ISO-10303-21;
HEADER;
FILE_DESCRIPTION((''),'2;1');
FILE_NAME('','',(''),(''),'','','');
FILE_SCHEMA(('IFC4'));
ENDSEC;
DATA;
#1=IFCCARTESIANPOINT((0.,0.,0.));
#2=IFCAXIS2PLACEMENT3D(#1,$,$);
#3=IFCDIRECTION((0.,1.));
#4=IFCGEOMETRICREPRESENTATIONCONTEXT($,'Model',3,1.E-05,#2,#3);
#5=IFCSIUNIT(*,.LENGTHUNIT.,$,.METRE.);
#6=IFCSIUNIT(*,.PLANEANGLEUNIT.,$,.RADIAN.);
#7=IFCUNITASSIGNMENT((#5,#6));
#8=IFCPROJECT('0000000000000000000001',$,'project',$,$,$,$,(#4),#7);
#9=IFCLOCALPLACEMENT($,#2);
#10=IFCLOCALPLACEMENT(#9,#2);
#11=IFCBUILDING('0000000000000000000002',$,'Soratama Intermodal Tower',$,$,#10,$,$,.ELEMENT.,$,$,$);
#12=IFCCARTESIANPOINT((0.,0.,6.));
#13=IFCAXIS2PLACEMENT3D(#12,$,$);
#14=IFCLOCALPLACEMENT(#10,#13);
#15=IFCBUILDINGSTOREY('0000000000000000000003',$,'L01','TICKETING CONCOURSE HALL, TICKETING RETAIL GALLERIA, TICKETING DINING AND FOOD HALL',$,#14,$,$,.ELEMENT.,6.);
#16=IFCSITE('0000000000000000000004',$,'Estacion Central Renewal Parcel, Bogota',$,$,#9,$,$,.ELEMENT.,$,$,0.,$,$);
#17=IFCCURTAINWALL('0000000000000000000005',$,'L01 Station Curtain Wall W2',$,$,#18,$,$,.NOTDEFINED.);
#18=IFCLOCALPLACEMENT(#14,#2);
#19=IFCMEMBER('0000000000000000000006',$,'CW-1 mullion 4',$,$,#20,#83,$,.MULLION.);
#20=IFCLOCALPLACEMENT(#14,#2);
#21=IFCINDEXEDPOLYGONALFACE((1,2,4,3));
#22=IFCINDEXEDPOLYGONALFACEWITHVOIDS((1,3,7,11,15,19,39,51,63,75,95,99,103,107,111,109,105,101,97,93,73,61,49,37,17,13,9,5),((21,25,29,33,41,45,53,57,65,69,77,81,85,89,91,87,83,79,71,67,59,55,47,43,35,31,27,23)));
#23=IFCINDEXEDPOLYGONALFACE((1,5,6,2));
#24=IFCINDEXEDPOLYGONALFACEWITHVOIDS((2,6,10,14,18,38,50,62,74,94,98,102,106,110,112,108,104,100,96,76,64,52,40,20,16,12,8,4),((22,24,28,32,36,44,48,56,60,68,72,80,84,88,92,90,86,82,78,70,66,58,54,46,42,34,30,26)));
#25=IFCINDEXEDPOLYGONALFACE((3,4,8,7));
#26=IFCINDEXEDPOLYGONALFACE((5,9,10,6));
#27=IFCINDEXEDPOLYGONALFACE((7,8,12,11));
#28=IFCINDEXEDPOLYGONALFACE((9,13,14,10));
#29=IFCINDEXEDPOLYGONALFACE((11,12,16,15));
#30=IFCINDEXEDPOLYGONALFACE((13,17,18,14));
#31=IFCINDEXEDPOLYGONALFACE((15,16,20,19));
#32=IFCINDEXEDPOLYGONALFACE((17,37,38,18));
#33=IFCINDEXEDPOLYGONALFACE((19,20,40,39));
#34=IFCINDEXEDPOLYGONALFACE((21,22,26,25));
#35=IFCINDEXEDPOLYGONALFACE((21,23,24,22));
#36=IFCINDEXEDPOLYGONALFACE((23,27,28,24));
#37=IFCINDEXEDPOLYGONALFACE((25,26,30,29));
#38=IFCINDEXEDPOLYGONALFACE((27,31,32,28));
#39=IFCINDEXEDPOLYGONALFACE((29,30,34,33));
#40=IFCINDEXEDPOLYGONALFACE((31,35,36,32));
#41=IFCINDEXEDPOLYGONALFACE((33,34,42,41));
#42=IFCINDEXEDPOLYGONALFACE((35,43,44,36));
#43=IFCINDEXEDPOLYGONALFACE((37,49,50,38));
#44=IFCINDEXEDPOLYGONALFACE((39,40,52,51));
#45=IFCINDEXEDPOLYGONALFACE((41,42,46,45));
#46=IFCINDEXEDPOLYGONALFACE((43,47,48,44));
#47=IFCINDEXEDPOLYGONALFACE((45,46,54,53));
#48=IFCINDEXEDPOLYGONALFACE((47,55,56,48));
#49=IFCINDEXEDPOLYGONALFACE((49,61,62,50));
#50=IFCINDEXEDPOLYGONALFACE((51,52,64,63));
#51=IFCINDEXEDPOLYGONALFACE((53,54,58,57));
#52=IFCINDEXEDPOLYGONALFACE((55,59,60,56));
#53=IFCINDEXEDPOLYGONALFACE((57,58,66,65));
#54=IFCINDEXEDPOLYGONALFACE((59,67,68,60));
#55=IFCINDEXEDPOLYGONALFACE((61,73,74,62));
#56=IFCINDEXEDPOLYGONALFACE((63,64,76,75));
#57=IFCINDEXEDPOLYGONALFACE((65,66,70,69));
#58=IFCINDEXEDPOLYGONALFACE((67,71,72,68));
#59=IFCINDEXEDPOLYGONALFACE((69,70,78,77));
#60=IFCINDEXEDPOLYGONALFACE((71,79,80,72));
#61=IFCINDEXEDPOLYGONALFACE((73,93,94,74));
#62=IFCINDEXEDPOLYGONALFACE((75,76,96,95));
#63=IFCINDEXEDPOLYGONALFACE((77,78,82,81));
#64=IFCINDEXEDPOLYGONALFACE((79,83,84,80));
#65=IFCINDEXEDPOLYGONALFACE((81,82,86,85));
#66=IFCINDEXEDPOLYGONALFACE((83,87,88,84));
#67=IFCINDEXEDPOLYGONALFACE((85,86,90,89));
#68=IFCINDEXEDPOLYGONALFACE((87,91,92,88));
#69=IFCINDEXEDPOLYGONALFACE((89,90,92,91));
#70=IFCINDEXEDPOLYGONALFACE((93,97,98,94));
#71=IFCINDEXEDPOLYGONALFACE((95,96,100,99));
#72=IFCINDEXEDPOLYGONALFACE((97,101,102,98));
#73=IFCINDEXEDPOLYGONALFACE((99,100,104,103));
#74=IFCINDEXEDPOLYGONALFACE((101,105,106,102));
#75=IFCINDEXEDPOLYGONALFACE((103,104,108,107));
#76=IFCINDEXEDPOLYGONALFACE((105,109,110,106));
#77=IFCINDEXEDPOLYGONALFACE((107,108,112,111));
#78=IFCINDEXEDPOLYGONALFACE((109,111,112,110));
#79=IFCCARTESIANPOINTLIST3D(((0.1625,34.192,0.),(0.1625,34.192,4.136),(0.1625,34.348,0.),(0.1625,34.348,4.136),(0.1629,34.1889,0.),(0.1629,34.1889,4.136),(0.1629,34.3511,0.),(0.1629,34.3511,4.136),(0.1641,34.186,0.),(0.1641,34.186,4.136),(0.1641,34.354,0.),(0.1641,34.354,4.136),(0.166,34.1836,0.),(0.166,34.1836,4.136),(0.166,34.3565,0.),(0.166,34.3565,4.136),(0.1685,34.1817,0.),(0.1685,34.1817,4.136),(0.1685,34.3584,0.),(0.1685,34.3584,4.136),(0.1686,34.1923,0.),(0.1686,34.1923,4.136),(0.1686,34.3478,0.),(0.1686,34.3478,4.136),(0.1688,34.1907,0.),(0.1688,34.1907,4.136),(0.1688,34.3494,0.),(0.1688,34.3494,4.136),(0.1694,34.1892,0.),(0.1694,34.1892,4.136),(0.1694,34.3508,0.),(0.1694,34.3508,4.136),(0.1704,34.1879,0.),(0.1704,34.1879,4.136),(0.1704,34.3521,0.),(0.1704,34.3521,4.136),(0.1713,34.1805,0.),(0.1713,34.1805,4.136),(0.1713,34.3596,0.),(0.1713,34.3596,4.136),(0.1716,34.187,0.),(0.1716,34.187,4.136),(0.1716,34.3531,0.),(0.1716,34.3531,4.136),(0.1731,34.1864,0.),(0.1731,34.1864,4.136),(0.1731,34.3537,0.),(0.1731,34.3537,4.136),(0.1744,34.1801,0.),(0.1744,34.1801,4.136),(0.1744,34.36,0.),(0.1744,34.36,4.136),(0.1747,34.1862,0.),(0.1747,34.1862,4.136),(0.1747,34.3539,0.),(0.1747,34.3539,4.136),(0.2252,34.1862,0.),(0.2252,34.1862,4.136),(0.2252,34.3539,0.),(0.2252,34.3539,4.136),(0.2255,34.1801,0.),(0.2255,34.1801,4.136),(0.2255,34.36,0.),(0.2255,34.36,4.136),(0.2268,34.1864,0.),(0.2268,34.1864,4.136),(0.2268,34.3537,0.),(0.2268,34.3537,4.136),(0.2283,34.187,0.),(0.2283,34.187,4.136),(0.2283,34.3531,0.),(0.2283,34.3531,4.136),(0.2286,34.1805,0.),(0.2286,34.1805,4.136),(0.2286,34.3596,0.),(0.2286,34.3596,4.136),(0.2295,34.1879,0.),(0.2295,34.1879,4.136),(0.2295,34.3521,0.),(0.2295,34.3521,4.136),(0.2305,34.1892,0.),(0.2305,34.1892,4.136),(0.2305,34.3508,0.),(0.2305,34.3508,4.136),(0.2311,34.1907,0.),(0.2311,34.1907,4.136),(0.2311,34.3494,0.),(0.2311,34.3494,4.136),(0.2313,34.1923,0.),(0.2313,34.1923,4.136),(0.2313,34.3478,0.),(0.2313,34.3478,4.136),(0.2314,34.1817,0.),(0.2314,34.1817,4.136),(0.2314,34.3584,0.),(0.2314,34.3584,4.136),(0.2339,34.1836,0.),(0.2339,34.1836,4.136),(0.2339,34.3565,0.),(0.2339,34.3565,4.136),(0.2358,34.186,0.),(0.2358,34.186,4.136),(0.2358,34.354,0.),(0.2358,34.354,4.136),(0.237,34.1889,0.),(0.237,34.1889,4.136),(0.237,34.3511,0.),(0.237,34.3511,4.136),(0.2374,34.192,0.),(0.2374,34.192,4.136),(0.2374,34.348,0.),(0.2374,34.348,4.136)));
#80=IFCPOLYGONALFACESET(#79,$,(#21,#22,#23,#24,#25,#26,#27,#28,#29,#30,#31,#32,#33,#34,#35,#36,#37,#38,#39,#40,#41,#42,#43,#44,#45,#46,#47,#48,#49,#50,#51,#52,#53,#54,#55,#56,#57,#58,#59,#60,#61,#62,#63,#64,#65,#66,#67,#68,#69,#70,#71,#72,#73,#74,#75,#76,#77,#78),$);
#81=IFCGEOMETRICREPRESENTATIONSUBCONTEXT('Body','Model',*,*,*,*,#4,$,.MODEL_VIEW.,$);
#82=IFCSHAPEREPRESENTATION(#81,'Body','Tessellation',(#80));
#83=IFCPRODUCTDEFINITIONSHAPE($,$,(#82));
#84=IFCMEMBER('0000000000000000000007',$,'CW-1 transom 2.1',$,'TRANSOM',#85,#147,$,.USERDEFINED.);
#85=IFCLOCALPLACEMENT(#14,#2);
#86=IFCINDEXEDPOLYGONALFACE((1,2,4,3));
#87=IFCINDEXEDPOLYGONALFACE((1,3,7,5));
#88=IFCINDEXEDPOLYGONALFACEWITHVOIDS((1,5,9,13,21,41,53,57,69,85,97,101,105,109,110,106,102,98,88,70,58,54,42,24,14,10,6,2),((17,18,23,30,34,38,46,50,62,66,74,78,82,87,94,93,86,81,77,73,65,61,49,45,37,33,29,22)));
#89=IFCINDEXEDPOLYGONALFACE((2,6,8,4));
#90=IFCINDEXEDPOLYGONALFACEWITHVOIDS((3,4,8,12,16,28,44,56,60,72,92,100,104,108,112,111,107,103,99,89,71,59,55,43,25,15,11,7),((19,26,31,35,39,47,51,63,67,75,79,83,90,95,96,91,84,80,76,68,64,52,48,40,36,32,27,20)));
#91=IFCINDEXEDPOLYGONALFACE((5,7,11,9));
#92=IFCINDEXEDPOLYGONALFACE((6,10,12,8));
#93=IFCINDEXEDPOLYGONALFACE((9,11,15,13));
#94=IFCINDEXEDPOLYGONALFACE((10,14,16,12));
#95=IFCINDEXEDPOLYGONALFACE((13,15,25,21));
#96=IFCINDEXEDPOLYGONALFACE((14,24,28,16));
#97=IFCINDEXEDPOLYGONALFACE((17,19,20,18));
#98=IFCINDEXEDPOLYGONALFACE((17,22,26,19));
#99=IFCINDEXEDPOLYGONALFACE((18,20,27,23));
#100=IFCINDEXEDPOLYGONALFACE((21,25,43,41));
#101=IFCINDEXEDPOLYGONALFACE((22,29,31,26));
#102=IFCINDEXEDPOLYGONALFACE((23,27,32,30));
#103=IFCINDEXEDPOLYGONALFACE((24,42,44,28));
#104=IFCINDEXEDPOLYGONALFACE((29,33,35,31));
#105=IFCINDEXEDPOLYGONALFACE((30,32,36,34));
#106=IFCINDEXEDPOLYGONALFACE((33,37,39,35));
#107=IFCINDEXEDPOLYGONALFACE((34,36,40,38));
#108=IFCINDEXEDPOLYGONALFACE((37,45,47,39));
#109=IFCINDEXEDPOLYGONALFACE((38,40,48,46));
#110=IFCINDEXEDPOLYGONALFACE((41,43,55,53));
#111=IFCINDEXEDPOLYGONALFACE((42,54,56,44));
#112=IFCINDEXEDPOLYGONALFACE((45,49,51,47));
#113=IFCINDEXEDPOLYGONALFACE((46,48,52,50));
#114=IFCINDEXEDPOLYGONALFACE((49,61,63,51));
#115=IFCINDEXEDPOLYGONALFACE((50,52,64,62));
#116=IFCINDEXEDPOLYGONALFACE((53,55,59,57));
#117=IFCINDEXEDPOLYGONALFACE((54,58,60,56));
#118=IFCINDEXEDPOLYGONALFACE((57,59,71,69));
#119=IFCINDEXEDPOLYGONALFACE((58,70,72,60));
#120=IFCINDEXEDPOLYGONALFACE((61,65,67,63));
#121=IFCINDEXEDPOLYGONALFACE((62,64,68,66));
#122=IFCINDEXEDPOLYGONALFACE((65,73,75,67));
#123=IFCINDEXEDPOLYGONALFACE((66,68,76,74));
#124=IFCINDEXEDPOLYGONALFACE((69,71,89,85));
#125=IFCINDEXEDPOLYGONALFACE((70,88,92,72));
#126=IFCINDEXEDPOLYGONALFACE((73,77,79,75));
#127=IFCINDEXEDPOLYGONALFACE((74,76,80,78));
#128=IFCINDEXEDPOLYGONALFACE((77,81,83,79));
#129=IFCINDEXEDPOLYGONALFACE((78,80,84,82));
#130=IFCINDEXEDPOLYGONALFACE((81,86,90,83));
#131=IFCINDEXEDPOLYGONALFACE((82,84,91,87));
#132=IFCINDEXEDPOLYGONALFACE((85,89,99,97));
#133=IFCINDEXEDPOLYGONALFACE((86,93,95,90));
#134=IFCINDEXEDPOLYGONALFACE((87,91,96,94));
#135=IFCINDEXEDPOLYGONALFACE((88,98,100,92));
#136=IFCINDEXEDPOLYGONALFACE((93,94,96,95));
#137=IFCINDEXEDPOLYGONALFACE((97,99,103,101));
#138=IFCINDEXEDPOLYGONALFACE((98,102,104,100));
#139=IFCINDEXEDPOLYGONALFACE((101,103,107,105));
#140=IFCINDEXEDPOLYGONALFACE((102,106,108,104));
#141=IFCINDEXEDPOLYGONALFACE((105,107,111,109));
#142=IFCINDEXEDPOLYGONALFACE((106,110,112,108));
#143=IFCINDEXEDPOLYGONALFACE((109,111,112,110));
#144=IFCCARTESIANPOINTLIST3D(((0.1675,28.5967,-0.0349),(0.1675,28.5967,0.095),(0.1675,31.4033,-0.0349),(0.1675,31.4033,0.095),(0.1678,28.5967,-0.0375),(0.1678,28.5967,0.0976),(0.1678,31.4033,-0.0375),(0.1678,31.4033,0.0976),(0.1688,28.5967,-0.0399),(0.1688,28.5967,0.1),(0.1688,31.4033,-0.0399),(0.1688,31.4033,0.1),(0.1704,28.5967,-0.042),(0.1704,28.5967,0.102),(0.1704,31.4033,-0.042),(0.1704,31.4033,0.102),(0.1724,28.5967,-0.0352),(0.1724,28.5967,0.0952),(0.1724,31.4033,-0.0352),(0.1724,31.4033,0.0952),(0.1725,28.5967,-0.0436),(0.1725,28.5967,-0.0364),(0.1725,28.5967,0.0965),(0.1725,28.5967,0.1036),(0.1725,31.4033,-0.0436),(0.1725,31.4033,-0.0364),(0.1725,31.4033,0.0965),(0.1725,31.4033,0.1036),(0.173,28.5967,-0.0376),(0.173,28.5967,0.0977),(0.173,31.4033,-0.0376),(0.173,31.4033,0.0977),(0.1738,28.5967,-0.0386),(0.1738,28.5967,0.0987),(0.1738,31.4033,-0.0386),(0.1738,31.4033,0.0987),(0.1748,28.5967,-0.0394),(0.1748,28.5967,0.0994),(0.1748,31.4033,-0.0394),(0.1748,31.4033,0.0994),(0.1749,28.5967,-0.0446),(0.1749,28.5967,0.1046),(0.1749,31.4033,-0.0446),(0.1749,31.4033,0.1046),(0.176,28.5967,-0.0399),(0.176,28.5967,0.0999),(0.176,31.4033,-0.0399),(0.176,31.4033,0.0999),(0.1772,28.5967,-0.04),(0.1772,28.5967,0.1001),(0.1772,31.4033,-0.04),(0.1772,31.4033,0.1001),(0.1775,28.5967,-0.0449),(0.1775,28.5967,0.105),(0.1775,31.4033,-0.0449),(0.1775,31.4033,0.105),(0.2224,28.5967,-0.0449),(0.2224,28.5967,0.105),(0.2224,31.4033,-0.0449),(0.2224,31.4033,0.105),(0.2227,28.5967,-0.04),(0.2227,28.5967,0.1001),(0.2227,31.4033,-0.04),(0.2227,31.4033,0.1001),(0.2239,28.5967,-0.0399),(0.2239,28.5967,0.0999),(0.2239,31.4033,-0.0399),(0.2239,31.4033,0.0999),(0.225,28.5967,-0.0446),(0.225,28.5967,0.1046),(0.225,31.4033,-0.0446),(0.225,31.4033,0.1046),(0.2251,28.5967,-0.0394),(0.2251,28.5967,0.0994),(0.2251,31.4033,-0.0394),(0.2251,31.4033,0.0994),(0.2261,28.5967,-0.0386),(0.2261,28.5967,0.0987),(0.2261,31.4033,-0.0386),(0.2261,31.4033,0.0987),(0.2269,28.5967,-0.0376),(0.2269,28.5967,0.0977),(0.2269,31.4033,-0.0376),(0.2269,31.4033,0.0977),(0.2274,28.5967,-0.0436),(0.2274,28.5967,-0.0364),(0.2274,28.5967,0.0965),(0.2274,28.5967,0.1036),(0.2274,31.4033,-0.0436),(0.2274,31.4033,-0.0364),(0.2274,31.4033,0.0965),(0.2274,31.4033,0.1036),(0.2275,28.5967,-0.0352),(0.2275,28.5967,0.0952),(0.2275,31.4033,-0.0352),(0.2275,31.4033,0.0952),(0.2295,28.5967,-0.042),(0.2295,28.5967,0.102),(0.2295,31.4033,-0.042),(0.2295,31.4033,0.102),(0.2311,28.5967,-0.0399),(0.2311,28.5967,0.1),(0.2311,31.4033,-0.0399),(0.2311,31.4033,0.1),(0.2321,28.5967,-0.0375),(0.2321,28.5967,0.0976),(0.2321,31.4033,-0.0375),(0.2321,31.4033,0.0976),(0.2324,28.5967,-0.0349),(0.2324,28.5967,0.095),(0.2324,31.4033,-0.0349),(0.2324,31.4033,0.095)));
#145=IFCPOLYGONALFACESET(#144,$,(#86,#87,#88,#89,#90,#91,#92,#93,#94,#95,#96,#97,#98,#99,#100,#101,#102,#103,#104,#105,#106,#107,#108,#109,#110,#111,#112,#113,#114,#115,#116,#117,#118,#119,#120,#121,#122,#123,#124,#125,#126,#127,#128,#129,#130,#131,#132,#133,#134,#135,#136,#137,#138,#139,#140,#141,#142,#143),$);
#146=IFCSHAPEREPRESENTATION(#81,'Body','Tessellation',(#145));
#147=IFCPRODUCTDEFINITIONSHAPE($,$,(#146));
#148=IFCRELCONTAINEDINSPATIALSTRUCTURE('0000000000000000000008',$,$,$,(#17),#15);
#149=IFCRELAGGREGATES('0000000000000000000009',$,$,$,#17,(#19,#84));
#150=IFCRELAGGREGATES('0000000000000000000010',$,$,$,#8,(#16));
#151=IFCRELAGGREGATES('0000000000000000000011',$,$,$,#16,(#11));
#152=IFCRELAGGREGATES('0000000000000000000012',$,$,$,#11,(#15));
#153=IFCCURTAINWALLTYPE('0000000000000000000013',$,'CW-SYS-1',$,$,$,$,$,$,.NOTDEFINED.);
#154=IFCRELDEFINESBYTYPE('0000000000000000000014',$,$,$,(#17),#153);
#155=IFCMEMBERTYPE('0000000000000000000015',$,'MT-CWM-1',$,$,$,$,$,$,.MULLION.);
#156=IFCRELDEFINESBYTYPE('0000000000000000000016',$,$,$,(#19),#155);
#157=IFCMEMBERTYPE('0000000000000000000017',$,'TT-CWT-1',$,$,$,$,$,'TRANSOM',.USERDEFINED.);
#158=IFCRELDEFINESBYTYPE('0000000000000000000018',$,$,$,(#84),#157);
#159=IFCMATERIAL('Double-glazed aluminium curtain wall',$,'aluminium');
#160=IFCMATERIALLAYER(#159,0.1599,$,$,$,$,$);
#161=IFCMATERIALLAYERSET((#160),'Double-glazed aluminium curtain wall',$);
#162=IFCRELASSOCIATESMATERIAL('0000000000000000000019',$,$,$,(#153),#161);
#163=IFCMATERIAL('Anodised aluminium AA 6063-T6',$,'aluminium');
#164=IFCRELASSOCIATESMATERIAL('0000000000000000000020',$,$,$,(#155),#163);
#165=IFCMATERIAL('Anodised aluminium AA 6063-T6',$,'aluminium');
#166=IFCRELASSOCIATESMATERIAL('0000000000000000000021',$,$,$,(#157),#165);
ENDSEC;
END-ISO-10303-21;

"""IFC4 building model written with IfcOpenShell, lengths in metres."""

from ifc_helpers import new_model, si_unit, direction, frame, origin, origin_2d, place, context, subcontext, project, spatial, hollow_rectangle, extrude, material, layer, layer_set, material_profile, profile_set, type_object, element, aggregate, save


model = new_model("IFC4")

# Units and contexts
model_context = context("Model", 3, precision=1e-05, world=origin(), true_north=direction((0.0, 1.0)))
body_context = subcontext(model_context, "Body", "Model", "MODEL_VIEW")
ifc_project = project(units=[si_unit("LENGTHUNIT", "METRE"), si_unit("PLANEANGLEUNIT", "RADIAN")], contexts=[model_context])

# Site, building, storey
site_placement = place(None, origin())
site = spatial("IfcSite", under=ifc_project, at=site_placement, Name="Estacion Central Renewal Parcel, Bogota", CompositionType="ELEMENT", RefElevation=0.0)
building_placement = place(site_placement, origin())
building = spatial("IfcBuilding", under=site, at=building_placement, Name="Soratama Intermodal Tower", CompositionType="ELEMENT")
storey_placement = place(building_placement, frame((0.0, 0.0, 6.0)))
storey = spatial("IfcBuildingStorey", under=building, at=storey_placement, Name="L01", Description="TICKETING CONCOURSE HALL, TICKETING RETAIL GALLERIA, TICKETING DINING AND FOOD HALL", CompositionType="ELEMENT", Elevation=6.0)

# Curtain wall, members
ifc_material_1 = material(Name="Double-glazed aluminium curtain wall", Category="aluminium")
ifc_layer_1 = layer(ifc_material_1, 0.1599)
ifc_layer_set_1 = layer_set([ifc_layer_1], Name="Double-glazed aluminium curtain wall")
curtain_wall_type = type_object("IfcCurtainWallType", Name="CW-SYS-1", PredefinedType="NOTDEFINED", material=ifc_layer_set_1)
curtain_wall_placement = place(storey_placement, origin())
curtain_wall = element("IfcCurtainWall", 1, at=curtain_wall_placement, inside=storey, type_object=curtain_wall_type, Name="L01 Station Curtain Wall W2", PredefinedType="NOTDEFINED")
ifc_material_2 = material(Name="Anodised aluminium AA 6063-T6", Category="aluminium")
ifc_material_profile_1 = material_profile(ifc_material_2, hollow_rectangle(XDim=0.075, YDim=0.1799, WallThickness=0.0061, InnerFilletRadius=0.0061, OuterFilletRadius=0.012, at=origin_2d()), Name="CWM180X75X6")
ifc_profile_set_1 = profile_set([ifc_material_profile_1], Name="Anodised aluminium AA 6063-T6")
member_type_1 = type_object("IfcMemberType", Name="MT-CWM-1", PredefinedType="MULLION", material=ifc_profile_set_1)
member_1_placement = place(storey_placement, frame((0.2, 34.27, 0.0), z_axis=(0.0, 0.0, 1.0), x_axis=(-1.0, 0.0, 0.0)))
member_1 = element("IfcMember", 2, at=member_1_placement, type_object=member_type_1, Name="CW-1 mullion 4", PredefinedType="MULLION", context=body_context, shape_type="SweptSolid", body=[
    extrude(hollow_rectangle(XDim=0.075, YDim=0.1799, WallThickness=0.0061, InnerFilletRadius=0.0061, OuterFilletRadius=0.012, at=origin_2d()), origin(), (0.0, 0.0, 1.0), 4.136),
])
ifc_material_3 = material(Name="Anodised aluminium AA 6063-T6", Category="aluminium")
ifc_material_profile_2 = material_profile(ifc_material_3, hollow_rectangle(XDim=0.0649, YDim=0.1499, WallThickness=0.0049, InnerFilletRadius=0.0049, OuterFilletRadius=0.01, at=origin_2d()), Name="CWT150X65X5")
ifc_profile_set_2 = profile_set([ifc_material_profile_2], Name="Anodised aluminium AA 6063-T6")
member_type_2 = type_object("IfcMemberType", Name="TT-CWT-1", ElementType="TRANSOM", PredefinedType="USERDEFINED", material=ifc_profile_set_2)
member_2_placement = place(storey_placement, frame((0.2, 28.5967, 0.03), z_axis=(0.0, 1.0, 0.0), x_axis=(-1.0, 0.0, 0.0)))
member_2 = element("IfcMember", 3, at=member_2_placement, type_object=member_type_2, Name="CW-1 transom 2.1", ObjectType="TRANSOM", PredefinedType="USERDEFINED", context=body_context, shape_type="SweptSolid", body=[
    extrude(hollow_rectangle(XDim=0.0649, YDim=0.1499, WallThickness=0.0049, InnerFilletRadius=0.0049, OuterFilletRadius=0.01, at=origin_2d()), origin(), (0.0, 0.0, 1.0), 2.8066),
])
aggregate(curtain_wall, [member_1, member_2])

save(model, "model.ifc")
